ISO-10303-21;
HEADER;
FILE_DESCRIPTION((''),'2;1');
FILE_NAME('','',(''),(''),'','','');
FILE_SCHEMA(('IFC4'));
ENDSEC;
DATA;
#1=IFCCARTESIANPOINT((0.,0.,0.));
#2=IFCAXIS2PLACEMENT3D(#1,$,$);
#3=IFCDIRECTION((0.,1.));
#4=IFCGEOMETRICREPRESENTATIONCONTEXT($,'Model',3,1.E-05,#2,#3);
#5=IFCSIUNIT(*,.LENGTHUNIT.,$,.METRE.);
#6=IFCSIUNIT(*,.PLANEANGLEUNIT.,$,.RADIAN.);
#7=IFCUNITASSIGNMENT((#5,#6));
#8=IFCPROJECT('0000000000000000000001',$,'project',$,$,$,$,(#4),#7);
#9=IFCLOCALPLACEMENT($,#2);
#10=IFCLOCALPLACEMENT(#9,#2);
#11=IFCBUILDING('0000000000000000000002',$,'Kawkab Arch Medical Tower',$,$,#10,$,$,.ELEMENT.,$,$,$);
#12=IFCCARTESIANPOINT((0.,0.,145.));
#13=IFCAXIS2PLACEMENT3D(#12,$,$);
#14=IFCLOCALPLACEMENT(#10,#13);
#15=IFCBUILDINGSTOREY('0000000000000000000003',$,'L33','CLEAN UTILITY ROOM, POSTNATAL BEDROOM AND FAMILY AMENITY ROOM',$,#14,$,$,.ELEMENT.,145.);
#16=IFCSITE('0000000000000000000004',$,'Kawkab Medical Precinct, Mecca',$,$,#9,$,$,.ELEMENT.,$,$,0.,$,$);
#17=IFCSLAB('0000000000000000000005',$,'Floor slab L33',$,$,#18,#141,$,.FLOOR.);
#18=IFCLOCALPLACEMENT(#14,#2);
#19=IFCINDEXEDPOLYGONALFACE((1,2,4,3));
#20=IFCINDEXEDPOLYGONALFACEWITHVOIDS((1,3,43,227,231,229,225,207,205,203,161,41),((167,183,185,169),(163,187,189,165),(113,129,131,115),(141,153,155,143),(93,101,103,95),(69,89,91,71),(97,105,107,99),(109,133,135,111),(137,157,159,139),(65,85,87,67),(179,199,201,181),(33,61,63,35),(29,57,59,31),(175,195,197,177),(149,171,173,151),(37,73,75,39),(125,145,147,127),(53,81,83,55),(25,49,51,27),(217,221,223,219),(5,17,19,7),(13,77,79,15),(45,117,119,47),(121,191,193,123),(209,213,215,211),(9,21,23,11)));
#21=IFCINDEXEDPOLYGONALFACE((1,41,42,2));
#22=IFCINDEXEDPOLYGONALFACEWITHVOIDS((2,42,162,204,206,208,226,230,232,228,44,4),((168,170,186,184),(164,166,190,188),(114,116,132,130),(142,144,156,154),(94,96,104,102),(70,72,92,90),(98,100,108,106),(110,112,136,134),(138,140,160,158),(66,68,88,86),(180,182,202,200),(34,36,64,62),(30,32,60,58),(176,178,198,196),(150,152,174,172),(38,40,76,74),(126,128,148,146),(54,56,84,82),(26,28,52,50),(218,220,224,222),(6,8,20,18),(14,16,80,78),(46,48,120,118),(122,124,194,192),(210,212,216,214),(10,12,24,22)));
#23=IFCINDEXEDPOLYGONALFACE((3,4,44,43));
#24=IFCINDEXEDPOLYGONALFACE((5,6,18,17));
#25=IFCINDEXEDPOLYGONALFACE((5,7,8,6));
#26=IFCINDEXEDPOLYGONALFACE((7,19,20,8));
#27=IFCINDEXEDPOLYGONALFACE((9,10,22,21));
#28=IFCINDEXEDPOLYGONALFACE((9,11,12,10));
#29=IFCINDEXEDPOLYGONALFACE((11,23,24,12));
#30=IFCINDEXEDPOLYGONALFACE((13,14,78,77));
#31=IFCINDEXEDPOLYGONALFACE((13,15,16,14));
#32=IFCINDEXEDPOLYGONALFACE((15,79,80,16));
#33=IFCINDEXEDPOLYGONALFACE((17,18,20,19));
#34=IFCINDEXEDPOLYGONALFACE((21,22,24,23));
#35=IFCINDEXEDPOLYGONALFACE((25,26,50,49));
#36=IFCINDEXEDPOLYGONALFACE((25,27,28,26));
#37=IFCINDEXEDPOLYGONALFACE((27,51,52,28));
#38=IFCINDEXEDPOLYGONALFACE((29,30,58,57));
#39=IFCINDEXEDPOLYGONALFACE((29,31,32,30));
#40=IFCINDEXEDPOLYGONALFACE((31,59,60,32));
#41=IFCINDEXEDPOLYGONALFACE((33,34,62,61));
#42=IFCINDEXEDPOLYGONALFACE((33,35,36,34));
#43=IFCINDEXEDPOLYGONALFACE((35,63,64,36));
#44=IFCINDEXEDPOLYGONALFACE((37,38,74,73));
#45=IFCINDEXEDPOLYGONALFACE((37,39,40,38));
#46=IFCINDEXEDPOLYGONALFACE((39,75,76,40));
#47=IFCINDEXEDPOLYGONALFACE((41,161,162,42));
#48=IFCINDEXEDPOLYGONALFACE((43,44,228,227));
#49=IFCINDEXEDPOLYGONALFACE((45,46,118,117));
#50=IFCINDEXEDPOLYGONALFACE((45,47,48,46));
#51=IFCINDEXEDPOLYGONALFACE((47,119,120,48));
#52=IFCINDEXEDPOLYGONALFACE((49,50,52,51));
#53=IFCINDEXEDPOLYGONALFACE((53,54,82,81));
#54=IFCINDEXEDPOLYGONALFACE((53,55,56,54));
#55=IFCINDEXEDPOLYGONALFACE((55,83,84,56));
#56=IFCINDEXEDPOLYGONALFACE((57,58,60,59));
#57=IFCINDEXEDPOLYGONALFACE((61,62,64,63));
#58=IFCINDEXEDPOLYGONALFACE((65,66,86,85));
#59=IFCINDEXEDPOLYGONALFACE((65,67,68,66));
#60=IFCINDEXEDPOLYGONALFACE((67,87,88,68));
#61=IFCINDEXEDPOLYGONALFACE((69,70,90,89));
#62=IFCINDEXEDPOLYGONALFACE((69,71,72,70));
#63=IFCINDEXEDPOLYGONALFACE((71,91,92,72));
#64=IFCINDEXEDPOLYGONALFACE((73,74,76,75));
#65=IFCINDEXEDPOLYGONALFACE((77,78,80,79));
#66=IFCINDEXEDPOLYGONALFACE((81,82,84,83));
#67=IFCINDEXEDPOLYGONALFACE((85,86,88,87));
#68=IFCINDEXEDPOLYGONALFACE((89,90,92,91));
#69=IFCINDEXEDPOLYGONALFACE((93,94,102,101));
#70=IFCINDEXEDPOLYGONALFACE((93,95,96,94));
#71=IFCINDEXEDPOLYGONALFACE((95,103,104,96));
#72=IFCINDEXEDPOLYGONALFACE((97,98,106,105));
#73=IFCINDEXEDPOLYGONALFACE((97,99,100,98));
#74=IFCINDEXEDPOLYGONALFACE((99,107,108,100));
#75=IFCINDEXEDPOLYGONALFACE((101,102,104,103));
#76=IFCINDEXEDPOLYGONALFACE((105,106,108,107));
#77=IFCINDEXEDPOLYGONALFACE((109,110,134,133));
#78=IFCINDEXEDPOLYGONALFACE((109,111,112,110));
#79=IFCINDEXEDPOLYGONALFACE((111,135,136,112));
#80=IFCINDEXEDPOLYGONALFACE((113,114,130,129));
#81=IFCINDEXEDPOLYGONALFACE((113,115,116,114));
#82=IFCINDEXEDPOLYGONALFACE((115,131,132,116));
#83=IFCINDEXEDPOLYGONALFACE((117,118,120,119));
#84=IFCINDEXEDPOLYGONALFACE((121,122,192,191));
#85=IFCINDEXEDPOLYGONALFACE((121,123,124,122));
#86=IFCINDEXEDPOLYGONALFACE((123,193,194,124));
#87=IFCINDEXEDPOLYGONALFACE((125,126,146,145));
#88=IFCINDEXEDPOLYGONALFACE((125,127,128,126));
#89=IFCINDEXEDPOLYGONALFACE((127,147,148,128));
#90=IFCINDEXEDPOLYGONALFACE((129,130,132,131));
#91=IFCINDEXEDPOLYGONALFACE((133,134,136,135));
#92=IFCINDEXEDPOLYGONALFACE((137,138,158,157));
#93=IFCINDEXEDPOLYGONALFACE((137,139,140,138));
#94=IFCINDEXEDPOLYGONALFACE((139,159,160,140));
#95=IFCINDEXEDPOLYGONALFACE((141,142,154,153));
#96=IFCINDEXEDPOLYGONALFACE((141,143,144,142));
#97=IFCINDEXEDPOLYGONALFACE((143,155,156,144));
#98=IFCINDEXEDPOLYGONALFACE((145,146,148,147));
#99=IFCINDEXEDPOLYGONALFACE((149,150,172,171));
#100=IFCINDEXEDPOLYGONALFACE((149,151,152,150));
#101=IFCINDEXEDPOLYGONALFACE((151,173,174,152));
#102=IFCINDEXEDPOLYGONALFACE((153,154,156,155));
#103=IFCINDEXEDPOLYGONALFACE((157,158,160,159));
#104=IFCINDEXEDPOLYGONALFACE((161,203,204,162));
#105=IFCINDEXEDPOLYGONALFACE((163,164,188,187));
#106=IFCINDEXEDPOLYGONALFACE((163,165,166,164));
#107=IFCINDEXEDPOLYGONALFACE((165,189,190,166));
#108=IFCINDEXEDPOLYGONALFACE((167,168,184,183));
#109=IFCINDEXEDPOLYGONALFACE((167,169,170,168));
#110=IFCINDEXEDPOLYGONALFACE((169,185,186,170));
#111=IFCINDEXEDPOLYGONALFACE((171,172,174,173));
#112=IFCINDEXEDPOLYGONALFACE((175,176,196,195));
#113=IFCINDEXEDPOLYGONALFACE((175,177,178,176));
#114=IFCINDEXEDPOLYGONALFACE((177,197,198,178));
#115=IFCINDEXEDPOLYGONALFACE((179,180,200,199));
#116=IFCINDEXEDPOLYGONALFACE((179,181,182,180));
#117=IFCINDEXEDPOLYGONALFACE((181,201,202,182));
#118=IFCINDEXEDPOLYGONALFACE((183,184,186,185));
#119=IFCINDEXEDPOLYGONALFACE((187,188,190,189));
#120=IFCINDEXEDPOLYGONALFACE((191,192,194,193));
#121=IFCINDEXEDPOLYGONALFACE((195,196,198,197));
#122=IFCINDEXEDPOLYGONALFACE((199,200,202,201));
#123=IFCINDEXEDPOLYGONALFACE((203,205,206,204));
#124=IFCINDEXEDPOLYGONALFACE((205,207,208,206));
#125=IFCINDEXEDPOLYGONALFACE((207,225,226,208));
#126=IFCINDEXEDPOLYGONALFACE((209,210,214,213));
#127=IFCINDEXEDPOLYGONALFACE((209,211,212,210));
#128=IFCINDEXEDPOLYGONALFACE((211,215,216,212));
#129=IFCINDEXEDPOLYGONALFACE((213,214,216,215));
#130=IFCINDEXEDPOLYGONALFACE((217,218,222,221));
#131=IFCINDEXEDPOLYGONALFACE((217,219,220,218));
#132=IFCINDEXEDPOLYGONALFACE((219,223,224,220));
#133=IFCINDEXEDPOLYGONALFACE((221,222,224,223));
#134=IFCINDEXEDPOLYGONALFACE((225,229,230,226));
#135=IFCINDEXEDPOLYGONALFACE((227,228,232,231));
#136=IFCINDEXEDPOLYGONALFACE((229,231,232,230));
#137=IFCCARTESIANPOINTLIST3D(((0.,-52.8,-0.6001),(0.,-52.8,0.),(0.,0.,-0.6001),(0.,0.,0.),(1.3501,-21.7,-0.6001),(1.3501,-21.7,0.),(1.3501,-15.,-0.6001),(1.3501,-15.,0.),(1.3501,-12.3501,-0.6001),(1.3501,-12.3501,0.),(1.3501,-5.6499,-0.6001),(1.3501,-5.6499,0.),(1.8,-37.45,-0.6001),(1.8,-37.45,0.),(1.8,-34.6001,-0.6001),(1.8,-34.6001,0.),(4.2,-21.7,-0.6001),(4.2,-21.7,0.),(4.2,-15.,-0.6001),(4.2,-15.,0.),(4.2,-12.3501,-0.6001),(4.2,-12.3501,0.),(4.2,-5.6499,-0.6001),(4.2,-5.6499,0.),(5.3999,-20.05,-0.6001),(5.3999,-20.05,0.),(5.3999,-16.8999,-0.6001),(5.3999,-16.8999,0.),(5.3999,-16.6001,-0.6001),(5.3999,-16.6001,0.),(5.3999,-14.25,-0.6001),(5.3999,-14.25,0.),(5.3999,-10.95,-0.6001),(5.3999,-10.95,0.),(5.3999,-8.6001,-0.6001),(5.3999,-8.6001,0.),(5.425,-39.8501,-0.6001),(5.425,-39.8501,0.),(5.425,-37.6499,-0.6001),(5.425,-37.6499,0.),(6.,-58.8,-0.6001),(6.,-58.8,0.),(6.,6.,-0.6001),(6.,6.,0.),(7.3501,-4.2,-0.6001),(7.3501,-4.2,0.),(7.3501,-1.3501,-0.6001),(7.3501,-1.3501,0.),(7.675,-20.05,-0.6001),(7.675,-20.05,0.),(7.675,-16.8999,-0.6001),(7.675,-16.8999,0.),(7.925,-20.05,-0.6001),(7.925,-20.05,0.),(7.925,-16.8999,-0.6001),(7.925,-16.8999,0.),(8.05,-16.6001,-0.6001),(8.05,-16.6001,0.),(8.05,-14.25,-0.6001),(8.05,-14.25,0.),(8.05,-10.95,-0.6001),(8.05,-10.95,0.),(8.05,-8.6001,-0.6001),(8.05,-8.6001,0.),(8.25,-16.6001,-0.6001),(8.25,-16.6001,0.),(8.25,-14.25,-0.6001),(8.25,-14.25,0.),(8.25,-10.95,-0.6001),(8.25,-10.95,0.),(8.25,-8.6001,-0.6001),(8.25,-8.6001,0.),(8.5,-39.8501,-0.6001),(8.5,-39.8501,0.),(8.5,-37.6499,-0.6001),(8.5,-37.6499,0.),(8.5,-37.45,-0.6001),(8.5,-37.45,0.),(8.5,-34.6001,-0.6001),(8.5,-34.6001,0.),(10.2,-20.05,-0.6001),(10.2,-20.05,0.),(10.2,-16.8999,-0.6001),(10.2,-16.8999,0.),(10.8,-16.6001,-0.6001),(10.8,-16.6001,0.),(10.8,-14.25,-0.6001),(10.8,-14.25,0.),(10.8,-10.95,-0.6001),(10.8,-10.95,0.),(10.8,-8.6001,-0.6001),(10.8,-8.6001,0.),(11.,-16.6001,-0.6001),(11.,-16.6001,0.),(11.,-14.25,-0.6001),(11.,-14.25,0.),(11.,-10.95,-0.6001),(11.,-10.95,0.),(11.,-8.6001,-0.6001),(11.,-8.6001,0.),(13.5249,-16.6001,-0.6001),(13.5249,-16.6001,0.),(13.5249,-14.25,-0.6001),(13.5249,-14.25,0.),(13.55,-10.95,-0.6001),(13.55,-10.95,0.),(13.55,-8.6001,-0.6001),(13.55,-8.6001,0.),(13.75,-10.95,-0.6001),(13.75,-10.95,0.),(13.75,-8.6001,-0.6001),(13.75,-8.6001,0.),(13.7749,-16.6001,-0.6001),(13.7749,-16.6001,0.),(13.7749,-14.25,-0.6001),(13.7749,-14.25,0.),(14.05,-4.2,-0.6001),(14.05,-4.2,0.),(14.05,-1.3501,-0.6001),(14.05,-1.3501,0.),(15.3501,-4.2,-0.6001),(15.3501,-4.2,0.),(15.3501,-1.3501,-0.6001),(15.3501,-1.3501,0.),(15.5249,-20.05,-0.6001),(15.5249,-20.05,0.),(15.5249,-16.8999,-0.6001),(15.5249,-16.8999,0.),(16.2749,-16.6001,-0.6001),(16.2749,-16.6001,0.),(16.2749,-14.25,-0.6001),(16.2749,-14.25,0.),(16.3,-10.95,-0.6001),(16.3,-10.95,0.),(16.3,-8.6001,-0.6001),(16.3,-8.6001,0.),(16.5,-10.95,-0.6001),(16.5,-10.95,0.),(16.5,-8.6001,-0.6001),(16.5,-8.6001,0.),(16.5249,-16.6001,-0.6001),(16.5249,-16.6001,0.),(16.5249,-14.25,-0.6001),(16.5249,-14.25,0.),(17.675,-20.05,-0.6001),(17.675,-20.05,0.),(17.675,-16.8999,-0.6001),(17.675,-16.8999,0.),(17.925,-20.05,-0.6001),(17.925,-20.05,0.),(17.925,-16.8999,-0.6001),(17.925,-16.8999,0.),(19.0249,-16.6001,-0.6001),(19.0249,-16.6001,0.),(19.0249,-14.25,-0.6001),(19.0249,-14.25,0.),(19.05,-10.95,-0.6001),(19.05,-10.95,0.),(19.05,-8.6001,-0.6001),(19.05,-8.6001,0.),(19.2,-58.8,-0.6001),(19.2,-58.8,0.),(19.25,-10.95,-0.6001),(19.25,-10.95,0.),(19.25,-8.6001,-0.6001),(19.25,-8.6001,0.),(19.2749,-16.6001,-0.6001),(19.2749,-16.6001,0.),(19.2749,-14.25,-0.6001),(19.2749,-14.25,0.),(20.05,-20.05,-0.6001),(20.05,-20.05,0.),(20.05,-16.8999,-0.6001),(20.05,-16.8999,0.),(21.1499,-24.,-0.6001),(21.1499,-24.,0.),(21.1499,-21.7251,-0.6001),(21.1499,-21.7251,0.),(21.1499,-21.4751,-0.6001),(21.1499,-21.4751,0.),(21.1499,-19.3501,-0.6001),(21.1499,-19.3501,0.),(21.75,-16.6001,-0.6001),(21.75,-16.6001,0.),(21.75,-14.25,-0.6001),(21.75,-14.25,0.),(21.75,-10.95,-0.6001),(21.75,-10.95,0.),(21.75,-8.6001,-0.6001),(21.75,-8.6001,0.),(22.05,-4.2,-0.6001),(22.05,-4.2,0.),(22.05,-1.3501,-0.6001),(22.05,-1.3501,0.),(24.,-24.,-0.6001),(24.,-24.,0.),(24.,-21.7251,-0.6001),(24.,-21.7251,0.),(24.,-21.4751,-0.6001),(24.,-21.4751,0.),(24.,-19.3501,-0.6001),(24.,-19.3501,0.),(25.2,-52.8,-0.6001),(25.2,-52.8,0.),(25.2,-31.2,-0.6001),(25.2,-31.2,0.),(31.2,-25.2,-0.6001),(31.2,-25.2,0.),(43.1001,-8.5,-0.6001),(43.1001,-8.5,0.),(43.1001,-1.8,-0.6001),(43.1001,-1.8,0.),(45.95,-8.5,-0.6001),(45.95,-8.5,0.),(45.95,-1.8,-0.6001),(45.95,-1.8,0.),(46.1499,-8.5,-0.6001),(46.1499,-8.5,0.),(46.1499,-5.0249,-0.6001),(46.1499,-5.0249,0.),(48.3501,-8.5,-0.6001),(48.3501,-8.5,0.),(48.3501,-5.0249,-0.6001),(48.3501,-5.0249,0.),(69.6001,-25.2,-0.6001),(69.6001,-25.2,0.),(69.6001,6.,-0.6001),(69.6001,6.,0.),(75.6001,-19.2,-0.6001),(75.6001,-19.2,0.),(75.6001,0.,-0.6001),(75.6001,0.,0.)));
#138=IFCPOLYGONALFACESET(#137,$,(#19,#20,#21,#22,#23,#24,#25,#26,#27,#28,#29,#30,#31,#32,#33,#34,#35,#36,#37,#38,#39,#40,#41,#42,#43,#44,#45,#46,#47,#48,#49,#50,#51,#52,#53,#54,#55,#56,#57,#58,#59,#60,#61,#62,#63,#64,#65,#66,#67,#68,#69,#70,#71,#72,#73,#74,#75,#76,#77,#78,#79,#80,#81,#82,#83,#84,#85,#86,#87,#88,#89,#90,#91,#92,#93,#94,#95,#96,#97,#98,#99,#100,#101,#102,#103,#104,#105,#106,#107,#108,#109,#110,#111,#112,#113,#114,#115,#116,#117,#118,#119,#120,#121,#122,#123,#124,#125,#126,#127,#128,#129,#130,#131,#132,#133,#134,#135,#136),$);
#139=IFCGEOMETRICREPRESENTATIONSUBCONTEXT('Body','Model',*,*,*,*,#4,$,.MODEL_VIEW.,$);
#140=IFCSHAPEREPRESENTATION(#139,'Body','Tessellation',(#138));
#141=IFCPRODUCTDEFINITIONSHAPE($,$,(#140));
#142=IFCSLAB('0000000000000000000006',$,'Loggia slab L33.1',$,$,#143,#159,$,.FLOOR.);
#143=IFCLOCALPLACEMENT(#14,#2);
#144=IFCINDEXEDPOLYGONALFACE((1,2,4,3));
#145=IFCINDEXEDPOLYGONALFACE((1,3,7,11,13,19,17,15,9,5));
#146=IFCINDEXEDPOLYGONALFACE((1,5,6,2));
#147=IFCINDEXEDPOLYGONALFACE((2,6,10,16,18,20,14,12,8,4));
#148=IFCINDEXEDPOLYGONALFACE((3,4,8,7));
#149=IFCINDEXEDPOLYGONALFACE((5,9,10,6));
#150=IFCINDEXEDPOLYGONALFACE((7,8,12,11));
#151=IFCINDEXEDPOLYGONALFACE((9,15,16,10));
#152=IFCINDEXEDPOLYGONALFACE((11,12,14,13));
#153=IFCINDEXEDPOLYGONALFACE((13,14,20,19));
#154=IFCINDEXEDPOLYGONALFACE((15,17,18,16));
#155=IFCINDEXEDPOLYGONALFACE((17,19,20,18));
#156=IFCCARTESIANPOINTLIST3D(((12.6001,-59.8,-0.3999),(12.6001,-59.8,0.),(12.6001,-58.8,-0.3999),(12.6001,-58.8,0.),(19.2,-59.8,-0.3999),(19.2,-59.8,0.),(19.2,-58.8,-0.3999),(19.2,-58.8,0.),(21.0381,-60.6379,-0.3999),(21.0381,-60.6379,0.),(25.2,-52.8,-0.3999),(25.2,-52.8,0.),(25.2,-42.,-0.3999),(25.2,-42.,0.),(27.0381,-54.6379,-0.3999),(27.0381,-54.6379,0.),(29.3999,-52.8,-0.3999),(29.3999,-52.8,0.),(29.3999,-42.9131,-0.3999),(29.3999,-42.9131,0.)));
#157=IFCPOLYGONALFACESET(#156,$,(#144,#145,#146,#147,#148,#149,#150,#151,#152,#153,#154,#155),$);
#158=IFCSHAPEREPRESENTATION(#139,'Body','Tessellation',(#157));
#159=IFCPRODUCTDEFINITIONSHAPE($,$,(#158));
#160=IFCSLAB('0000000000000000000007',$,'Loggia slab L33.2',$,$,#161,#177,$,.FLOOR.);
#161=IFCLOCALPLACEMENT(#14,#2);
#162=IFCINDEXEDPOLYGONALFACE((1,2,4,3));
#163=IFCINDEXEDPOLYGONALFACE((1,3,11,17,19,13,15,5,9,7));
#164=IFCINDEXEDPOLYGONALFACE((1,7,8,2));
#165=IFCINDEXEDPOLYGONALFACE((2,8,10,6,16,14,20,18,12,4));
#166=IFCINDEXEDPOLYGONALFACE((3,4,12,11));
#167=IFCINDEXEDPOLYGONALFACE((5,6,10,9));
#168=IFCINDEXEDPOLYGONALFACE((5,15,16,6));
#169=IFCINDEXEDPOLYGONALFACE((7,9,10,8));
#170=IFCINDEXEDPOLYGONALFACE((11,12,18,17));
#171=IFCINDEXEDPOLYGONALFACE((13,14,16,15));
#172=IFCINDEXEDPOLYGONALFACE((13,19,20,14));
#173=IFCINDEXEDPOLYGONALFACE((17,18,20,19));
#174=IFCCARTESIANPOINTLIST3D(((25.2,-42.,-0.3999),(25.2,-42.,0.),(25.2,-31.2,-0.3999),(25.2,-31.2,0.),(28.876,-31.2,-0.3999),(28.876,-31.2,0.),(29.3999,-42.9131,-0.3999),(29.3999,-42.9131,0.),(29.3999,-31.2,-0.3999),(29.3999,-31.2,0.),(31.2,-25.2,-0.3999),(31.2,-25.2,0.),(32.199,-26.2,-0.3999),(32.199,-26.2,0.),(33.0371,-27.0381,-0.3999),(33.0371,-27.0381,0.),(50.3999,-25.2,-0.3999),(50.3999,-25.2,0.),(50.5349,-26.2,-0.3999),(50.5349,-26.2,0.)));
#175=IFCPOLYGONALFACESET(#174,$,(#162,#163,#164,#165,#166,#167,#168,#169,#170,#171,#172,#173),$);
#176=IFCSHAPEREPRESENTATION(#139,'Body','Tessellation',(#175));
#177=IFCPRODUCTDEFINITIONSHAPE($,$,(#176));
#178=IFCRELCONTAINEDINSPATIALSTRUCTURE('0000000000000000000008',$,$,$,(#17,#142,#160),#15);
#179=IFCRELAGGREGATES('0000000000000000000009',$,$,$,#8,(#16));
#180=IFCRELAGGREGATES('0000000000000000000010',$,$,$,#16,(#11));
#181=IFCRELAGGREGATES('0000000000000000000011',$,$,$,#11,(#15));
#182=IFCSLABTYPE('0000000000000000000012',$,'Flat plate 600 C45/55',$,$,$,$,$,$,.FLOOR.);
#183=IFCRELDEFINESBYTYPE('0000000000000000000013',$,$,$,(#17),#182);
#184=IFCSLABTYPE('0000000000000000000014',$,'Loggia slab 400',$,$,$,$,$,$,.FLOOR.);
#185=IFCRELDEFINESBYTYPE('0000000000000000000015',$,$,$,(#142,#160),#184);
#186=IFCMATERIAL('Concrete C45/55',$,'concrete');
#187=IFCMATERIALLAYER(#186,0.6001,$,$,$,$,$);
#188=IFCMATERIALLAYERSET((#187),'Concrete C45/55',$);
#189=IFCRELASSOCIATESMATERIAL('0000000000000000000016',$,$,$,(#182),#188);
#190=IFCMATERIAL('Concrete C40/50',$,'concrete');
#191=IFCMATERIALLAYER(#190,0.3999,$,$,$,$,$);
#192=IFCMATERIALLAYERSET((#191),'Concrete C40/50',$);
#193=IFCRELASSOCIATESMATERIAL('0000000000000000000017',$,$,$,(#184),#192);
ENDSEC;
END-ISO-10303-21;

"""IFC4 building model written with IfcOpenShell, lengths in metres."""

from ifc_helpers import new_model, si_unit, direction, frame, origin, place, context, subcontext, project, spatial, polyline, outline, extrude, material, layer, layer_set, type_object, element, save


model = new_model("IFC4")

# Units and contexts
model_context = context("Model", 3, precision=1e-05, world=origin(), true_north=direction((0.0, 1.0)))
body_context = subcontext(model_context, "Body", "Model", "MODEL_VIEW")
ifc_project = project(units=[si_unit("LENGTHUNIT", "METRE"), si_unit("PLANEANGLEUNIT", "RADIAN")], contexts=[model_context])

# Site, building, storey
site_placement = place(None, origin())
site = spatial("IfcSite", under=ifc_project, at=site_placement, Name="Kawkab Medical Precinct, Mecca", CompositionType="ELEMENT", RefElevation=0.0)
building_placement = place(site_placement, origin())
building = spatial("IfcBuilding", under=site, at=building_placement, Name="Kawkab Arch Medical Tower", CompositionType="ELEMENT")
storey_placement = place(building_placement, frame((0.0, 0.0, 145.0)))
storey = spatial("IfcBuildingStorey", under=building, at=storey_placement, Name="L33", Description="CLEAN UTILITY ROOM, POSTNATAL BEDROOM AND FAMILY AMENITY ROOM", CompositionType="ELEMENT", Elevation=145.0)

# Slabs
ifc_material_1 = material(Name="Concrete C45/55", Category="concrete")
ifc_layer_1 = layer(ifc_material_1, 0.6001)
ifc_layer_set_1 = layer_set([ifc_layer_1], Name="Concrete C45/55")
slab_type_1 = type_object("IfcSlabType", Name="Flat plate 600 C45/55", PredefinedType="FLOOR", material=ifc_layer_set_1)
slab_1_placement = place(storey_placement, frame((0.0, 0.0, -0.6001)))
element("IfcSlab", 1, at=slab_1_placement, inside=storey, type_object=slab_type_1, Name="Floor slab L33", PredefinedType="FLOOR", context=body_context, shape_type="SweptSolid", body=[
    extrude(outline(polyline([(6.0, 6.0), (69.6001, 6.0), (75.6001, 0.0), (75.6001, -19.2), (69.6001, -25.2), (31.2, -25.2), (25.2, -31.2), (25.2, -52.8), (19.2, -58.8), (6.0, -58.8), (0.0, -52.8), (0.0, 0.0), (6.0, 6.0)]), holes=[polyline([(5.425, -37.6499), (5.425, -39.8501), (8.5, -39.8501), (8.5, -37.6499), (5.425, -37.6499)]), polyline([(1.8, -37.45), (8.5, -37.45), (8.5, -34.6001), (1.8, -34.6001), (1.8, -37.45)]), polyline([(5.3999, -16.8999), (5.3999, -20.05), (7.675, -20.05), (7.675, -16.8999), (5.3999, -16.8999)]), polyline([(10.2, -16.8999), (7.925, -16.8999), (7.925, -20.05), (10.2, -20.05), (10.2, -16.8999)]), polyline([(4.2, -21.7), (4.2, -15.0), (1.3501, -15.0), (1.3501, -21.7), (4.2, -21.7)]), polyline([(5.3999, -14.25), (5.3999, -16.6001), (8.05, -16.6001), (8.05, -14.25), (5.3999, -14.25)]), polyline([(8.25, -16.6001), (10.8, -16.6001), (10.8, -14.25), (8.25, -14.25), (8.25, -16.6001)]), polyline([(13.5249, -16.6001), (13.5249, -14.25), (11.0, -14.25), (11.0, -16.6001), (13.5249, -16.6001)]), polyline([(5.3999, -8.6001), (5.3999, -10.95), (8.05, -10.95), (8.05, -8.6001), (5.3999, -8.6001)]), polyline([(8.25, -10.95), (10.8, -10.95), (10.8, -8.6001), (8.25, -8.6001), (8.25, -10.95)]), polyline([(13.55, -8.6001), (11.0, -8.6001), (11.0, -10.95), (13.55, -10.95), (13.55, -8.6001)]), polyline([(4.2, -12.3501), (4.2, -5.6499), (1.3501, -5.6499), (1.3501, -12.3501), (4.2, -12.3501)]), polyline([(7.3501, -4.2), (14.05, -4.2), (14.05, -1.3501), (7.3501, -1.3501), (7.3501, -4.2)]), polyline([(24.0, -21.7251), (21.1499, -21.7251), (21.1499, -24.0), (24.0, -24.0), (24.0, -21.7251)]), polyline([(24.0, -21.4751), (24.0, -19.3501), (21.1499, -19.3501), (21.1499, -21.4751), (24.0, -21.4751)]), polyline([(17.675, -20.05), (17.675, -16.8999), (15.5249, -16.8999), (15.5249, -20.05), (17.675, -20.05)]), polyline([(20.05, -16.8999), (17.925, -16.8999), (17.925, -20.05), (20.05, -20.05), (20.05, -16.8999)]), polyline([(13.7749, -16.6001), (16.2749, -16.6001), (16.2749, -14.25), (13.7749, -14.25), (13.7749, -16.6001)]), polyline([(16.5249, -16.6001), (19.0249, -16.6001), (19.0249, -14.25), (16.5249, -14.25), (16.5249, -16.6001)]), polyline([(21.75, -14.25), (19.2749, -14.25), (19.2749, -16.6001), (21.75, -16.6001), (21.75, -14.25)]), polyline([(16.3, -10.95), (16.3, -8.6001), (13.75, -8.6001), (13.75, -10.95), (16.3, -10.95)]), polyline([(19.05, -10.95), (19.05, -8.6001), (16.5, -8.6001), (16.5, -10.95), (19.05, -10.95)]), polyline([(21.75, -8.6001), (19.25, -8.6001), (19.25, -10.95), (21.75, -10.95), (21.75, -8.6001)]), polyline([(46.1499, -5.0249), (46.1499, -8.5), (48.3501, -8.5), (48.3501, -5.0249), (46.1499, -5.0249)]), polyline([(43.1001, -1.8), (43.1001, -8.5), (45.95, -8.5), (45.95, -1.8), (43.1001, -1.8)]), polyline([(22.05, -1.3501), (15.3501, -1.3501), (15.3501, -4.2), (22.05, -4.2), (22.05, -1.3501)])]), origin(), (0.0, 0.0, 1.0), 0.6001),
])
ifc_material_2 = material(Name="Concrete C40/50", Category="concrete")
ifc_layer_2 = layer(ifc_material_2, 0.3999)
ifc_layer_set_2 = layer_set([ifc_layer_2], Name="Concrete C40/50")
slab_type_2 = type_object("IfcSlabType", Name="Loggia slab 400", PredefinedType="FLOOR", material=ifc_layer_set_2)
placement_1 = place(storey_placement, frame((0.0, 0.0, -0.3999)))
element("IfcSlab", 2, at=placement_1, inside=storey, type_object=slab_type_2, Name="Loggia slab L33.1", PredefinedType="FLOOR", context=body_context, shape_type="SweptSolid", body=[
    extrude(outline(polyline([(19.2, -59.8), (12.6001, -59.8), (12.6001, -58.8), (19.2, -58.8), (25.2, -52.8), (25.2, -42.0), (29.3999, -42.9131), (29.3999, -52.8), (27.0381, -54.6379), (21.0381, -60.6379), (19.2, -59.8)])), origin(), (0.0, 0.0, 1.0), 0.3999),
])
element("IfcSlab", 3, at=placement_1, inside=storey, type_object=slab_type_2, Name="Loggia slab L33.2", PredefinedType="FLOOR", context=body_context, shape_type="SweptSolid", body=[
    extrude(outline(polyline([(33.0371, -27.0381), (28.876, -31.2), (29.3999, -31.2), (29.3999, -42.9131), (25.2, -42.0), (25.2, -31.2), (31.2, -25.2), (50.3999, -25.2), (50.5349, -26.2), (32.199, -26.2), (33.0371, -27.0381)])), origin(), (0.0, 0.0, 1.0), 0.3999),
])

save(model, "model.ifc")
